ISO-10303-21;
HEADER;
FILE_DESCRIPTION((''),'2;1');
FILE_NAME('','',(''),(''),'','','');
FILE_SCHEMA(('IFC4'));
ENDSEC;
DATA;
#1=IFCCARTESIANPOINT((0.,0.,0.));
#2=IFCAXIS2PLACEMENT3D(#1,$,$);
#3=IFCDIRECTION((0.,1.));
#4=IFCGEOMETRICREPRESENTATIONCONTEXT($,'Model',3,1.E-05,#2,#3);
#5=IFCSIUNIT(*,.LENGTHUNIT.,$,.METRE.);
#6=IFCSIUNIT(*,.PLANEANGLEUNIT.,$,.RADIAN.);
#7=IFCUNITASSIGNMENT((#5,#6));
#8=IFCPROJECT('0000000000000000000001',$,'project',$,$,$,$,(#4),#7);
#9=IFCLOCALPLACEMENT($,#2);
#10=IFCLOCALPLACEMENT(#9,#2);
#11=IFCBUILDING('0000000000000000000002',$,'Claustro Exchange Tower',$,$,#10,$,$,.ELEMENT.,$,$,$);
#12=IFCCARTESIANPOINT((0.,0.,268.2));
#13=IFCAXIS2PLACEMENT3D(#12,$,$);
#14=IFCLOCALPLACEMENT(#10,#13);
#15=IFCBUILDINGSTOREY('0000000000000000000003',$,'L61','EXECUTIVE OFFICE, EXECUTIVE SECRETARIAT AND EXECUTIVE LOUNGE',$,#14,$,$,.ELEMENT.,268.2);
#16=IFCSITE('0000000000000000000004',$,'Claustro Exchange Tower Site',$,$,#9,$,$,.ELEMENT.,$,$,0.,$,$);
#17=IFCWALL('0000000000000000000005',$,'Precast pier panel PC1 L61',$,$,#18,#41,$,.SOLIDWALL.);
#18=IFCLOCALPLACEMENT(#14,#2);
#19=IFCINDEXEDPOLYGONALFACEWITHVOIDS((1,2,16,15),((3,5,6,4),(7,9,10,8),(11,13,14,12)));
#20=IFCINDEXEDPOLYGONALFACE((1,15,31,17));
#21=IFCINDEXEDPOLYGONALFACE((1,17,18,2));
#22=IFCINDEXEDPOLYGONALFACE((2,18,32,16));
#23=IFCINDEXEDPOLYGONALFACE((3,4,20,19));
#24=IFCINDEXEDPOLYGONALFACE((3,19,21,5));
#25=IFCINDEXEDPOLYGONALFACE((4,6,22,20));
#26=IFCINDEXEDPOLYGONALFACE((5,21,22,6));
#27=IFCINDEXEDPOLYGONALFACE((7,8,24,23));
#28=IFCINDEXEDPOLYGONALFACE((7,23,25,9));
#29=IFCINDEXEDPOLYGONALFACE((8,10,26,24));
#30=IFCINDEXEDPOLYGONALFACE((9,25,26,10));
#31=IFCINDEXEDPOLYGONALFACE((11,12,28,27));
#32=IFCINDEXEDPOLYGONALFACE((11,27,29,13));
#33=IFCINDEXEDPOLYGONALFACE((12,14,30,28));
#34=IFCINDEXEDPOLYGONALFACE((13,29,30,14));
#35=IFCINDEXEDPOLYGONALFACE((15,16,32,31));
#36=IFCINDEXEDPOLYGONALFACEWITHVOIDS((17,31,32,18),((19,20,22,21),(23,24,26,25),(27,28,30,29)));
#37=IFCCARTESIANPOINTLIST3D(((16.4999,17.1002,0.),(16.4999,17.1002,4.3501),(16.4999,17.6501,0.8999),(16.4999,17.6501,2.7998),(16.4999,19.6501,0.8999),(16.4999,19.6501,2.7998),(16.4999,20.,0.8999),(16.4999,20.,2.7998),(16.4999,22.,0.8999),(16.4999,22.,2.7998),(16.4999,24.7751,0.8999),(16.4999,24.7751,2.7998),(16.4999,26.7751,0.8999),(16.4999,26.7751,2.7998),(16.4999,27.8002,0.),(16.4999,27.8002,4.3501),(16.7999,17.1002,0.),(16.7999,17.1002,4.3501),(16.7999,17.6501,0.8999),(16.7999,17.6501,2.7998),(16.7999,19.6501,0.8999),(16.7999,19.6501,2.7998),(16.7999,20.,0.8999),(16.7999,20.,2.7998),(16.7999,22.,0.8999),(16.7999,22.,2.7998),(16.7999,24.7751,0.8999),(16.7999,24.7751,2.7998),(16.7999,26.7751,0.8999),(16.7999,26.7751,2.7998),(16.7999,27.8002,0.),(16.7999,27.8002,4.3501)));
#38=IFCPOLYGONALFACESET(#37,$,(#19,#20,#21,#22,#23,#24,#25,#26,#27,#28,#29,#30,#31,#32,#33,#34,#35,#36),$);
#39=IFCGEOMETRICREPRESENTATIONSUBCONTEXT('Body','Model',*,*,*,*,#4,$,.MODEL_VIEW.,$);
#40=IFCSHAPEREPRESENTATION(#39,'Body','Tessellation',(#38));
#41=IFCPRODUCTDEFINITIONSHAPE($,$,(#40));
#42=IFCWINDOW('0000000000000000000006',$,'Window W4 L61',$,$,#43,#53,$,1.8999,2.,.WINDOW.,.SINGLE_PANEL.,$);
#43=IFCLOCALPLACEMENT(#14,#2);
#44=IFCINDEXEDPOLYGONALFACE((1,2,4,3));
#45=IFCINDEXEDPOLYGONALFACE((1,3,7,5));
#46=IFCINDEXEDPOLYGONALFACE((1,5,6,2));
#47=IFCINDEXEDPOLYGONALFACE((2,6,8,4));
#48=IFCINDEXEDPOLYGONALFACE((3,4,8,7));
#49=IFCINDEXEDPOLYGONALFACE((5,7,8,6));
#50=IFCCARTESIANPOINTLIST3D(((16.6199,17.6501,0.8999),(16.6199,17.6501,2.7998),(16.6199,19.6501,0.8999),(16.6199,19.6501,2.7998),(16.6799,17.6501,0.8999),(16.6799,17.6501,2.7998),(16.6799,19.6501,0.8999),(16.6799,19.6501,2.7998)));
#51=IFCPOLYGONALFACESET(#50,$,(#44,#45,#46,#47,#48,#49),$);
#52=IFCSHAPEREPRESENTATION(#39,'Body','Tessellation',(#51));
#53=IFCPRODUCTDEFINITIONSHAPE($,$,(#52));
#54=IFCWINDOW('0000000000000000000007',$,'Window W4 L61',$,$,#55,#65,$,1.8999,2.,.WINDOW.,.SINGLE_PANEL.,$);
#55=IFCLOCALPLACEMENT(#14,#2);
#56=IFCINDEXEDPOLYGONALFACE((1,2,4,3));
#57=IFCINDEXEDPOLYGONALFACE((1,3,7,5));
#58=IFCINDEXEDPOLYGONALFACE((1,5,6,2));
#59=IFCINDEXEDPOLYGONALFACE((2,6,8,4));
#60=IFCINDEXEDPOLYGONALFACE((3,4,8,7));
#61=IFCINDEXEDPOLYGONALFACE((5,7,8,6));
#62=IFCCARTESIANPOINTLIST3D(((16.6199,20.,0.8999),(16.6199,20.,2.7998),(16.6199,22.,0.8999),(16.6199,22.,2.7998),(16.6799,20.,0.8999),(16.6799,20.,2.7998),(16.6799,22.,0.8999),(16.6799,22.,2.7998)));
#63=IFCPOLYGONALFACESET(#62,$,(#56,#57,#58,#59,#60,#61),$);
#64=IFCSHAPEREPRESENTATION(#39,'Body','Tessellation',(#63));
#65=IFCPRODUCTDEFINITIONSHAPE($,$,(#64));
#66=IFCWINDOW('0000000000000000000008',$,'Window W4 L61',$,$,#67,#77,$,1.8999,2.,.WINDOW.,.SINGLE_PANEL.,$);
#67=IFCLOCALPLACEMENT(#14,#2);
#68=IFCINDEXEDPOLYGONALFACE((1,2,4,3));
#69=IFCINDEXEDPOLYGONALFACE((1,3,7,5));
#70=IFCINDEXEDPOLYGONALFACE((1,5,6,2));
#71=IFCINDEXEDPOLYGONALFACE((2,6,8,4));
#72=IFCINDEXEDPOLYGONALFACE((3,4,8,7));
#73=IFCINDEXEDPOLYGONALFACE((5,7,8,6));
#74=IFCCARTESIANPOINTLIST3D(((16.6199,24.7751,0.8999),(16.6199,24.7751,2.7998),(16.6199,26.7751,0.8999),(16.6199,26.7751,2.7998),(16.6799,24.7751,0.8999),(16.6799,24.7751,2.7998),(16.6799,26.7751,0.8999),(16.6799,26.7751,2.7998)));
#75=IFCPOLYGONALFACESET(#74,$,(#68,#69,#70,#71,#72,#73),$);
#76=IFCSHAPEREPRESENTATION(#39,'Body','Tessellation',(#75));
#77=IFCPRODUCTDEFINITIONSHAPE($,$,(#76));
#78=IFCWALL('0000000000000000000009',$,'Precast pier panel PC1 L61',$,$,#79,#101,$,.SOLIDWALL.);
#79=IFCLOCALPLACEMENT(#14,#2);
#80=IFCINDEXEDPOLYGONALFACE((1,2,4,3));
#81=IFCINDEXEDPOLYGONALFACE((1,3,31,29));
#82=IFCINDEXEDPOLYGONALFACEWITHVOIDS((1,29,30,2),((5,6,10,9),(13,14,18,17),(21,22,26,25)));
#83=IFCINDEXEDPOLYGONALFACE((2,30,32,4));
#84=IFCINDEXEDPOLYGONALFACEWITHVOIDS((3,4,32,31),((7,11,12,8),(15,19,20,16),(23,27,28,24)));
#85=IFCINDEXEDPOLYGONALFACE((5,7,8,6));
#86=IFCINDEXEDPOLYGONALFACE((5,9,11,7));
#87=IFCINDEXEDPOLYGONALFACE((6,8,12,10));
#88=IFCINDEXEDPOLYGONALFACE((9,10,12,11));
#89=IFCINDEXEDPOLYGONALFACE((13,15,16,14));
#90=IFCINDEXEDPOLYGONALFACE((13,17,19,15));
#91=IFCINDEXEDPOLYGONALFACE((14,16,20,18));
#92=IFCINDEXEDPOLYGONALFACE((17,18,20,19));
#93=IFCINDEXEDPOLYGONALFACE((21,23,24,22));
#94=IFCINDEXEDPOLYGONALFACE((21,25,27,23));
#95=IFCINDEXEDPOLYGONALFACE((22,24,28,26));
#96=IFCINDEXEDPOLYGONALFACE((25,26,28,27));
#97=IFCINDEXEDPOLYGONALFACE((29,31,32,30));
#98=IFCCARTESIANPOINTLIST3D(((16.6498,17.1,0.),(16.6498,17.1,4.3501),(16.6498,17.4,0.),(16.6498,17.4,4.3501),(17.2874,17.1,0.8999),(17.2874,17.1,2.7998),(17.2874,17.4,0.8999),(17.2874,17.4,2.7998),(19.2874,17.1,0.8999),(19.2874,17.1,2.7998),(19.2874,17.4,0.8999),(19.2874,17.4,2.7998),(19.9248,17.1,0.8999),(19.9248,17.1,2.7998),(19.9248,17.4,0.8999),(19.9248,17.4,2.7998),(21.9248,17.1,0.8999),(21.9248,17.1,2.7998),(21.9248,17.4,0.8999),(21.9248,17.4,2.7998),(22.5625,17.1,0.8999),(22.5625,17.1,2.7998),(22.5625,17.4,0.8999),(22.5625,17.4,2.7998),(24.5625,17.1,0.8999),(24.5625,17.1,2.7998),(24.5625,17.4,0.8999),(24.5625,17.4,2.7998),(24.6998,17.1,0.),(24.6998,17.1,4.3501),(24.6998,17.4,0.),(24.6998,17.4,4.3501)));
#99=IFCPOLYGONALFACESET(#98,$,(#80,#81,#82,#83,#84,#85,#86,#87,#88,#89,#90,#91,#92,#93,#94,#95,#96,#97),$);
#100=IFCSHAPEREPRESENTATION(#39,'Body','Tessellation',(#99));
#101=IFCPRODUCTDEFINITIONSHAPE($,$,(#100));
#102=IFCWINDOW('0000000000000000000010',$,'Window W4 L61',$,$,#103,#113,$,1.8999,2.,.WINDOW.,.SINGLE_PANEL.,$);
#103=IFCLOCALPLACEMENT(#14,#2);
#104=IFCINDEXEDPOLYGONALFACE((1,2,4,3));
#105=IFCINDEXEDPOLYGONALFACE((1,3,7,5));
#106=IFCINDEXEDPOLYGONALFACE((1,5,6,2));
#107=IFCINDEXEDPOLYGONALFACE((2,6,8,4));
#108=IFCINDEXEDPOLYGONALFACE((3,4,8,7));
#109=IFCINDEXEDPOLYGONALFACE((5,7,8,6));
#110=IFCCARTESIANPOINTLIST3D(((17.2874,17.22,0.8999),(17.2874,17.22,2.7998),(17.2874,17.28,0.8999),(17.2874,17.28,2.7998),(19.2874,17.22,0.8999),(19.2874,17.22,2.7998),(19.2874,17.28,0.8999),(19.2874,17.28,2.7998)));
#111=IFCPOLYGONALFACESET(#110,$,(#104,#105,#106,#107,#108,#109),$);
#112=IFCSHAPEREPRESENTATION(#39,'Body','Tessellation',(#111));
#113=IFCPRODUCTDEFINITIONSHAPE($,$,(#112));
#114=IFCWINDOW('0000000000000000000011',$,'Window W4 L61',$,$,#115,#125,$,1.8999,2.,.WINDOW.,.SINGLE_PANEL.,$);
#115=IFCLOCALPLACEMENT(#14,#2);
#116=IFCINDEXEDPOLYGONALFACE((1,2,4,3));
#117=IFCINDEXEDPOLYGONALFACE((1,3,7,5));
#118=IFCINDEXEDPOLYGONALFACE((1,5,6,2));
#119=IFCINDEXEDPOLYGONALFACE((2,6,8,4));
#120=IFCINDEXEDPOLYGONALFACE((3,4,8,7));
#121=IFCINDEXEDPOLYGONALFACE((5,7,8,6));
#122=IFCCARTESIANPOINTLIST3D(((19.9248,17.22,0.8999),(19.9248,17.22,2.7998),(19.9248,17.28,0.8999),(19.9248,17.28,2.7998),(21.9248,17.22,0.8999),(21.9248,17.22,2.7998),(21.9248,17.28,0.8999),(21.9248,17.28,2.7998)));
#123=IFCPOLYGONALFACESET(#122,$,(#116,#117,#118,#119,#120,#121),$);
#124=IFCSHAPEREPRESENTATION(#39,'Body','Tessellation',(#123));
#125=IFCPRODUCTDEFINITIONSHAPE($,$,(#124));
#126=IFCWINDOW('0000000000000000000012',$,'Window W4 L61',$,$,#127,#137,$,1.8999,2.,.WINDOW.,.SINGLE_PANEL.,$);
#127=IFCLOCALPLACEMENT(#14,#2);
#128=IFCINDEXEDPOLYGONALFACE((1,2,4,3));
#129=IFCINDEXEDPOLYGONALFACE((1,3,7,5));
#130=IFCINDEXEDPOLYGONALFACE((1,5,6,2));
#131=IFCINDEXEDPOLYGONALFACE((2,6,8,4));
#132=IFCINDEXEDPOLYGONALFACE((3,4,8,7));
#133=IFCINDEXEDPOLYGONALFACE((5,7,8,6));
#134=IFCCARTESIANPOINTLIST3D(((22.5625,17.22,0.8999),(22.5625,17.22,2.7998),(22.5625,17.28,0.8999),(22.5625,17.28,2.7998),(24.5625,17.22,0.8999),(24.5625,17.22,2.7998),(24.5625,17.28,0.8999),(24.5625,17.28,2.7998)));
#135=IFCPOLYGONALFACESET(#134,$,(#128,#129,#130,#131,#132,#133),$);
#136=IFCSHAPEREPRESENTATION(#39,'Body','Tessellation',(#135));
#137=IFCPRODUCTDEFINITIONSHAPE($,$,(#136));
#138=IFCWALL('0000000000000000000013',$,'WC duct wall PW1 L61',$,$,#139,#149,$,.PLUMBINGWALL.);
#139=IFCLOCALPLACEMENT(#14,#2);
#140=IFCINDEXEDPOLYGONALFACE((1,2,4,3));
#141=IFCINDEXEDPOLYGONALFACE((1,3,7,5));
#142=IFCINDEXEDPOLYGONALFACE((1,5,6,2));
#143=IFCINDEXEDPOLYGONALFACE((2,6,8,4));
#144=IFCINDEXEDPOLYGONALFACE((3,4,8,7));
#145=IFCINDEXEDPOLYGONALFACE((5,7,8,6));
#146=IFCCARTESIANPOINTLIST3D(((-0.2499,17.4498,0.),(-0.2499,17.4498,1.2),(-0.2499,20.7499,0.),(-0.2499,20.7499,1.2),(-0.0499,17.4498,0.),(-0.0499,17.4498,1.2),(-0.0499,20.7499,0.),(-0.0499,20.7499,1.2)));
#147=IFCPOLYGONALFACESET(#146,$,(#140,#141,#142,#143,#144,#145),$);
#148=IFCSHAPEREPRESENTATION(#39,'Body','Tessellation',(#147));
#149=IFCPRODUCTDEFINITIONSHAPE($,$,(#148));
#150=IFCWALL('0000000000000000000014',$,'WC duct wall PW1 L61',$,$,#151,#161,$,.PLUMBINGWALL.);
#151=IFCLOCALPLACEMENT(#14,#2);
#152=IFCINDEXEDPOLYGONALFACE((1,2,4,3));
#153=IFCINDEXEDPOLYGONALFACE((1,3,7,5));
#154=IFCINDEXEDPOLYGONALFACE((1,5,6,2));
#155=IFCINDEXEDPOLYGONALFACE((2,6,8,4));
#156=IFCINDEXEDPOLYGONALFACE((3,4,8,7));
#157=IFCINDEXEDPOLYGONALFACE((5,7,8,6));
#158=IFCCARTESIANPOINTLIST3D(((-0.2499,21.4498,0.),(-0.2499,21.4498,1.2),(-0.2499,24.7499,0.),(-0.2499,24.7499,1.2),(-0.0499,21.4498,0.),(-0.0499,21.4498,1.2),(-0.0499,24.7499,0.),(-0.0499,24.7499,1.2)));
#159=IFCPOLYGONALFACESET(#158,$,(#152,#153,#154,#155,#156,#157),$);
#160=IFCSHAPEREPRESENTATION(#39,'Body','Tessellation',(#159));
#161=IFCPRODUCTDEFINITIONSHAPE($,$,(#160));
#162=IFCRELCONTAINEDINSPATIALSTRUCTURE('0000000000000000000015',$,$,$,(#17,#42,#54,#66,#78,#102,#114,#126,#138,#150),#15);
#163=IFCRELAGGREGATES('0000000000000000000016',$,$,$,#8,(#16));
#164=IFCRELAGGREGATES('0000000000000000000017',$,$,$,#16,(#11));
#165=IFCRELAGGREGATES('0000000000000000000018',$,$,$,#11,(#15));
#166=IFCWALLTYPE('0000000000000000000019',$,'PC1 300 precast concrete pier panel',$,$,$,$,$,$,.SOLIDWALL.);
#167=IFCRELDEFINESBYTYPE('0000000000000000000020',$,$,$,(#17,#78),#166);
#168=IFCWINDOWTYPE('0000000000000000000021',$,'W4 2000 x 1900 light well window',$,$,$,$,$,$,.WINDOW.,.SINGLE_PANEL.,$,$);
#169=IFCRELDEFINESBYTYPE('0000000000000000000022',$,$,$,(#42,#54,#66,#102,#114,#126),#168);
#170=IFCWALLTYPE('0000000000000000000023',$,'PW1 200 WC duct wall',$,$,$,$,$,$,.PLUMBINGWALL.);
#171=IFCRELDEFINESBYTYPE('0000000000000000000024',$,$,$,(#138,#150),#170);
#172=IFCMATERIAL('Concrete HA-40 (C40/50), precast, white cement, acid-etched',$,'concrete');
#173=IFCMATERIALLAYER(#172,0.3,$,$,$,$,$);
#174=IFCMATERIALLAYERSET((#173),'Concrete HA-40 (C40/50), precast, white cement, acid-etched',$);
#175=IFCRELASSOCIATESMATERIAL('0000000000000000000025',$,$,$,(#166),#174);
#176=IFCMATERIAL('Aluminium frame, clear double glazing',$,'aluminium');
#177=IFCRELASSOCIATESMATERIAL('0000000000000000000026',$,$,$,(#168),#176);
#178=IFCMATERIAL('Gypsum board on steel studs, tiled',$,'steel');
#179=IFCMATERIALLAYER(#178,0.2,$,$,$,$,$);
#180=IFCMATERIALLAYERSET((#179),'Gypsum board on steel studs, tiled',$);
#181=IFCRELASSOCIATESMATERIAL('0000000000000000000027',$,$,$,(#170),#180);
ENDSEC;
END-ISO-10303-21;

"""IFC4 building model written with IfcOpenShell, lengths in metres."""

from ifc_helpers import new_model, si_unit, direction, frame, frame_2d, origin, place, context, subcontext, project, spatial, rectangle, extrude, material, layer, layer_set, type_object, element, fill, save


model = new_model("IFC4")

# Units and contexts
model_context = context("Model", 3, precision=1e-05, world=origin(), true_north=direction((0.0, 1.0)))
body_context = subcontext(model_context, "Body", "Model", "MODEL_VIEW")
ifc_project = project(units=[si_unit("LENGTHUNIT", "METRE"), si_unit("PLANEANGLEUNIT", "RADIAN")], contexts=[model_context])

# Site, building, storey
site_placement = place(None, origin())
site = spatial("IfcSite", under=ifc_project, at=site_placement, Name="Claustro Exchange Tower Site", CompositionType="ELEMENT", RefElevation=0.0)
building_placement = place(site_placement, origin())
building = spatial("IfcBuilding", under=site, at=building_placement, Name="Claustro Exchange Tower", CompositionType="ELEMENT")
storey_placement = place(building_placement, frame((0.0, 0.0, 268.2)))
storey = spatial("IfcBuildingStorey", under=building, at=storey_placement, Name="L61", Description="EXECUTIVE OFFICE, EXECUTIVE SECRETARIAT AND EXECUTIVE LOUNGE", CompositionType="ELEMENT", Elevation=268.2)

# Walls, openings, windows
ifc_material_1 = material(Name="Concrete HA-40 (C40/50), precast, white cement, acid-etched", Category="concrete")
ifc_layer_1 = layer(ifc_material_1, 0.3)
ifc_layer_set_1 = layer_set([ifc_layer_1], Name="Concrete HA-40 (C40/50), precast, white cement, acid-etched")
wall_type_1 = type_object("IfcWallType", Name="PC1 300 precast concrete pier panel", PredefinedType="SOLIDWALL", material=ifc_layer_set_1)
wall_1_placement = place(storey_placement, frame((16.6499, 17.1001, 0.0), z_axis=(0.0, 0.0, 1.0), x_axis=(0.0, 1.0, 0.0)))
wall_1 = element("IfcWall", 1, at=wall_1_placement, inside=storey, type_object=wall_type_1, Name="Precast pier panel PC1 L61", PredefinedType="SOLIDWALL", context=body_context, shape_type="SweptSolid", body=[
    extrude(rectangle(XDim=10.7, YDim=0.3, at=frame_2d((5.3501, 0.0))), origin(), (0.0, 0.0, 1.0), 4.3501),
])
opening_1_placement = place(wall_1_placement, frame((0.55, 0.0, 0.8999)))
opening_1 = element("IfcOpeningElement", 2, at=opening_1_placement, cuts=wall_1, PredefinedType="OPENING", context=body_context, shape_type="SweptSolid", body=[
    extrude(rectangle(XDim=2.0, YDim=1.8999, at=frame_2d((1.0, 0.95))), frame((0.0, 0.1599, 0.0), z_axis=(0.0, -1.0, 0.0), x_axis=(1.0, 0.0, 0.0)), (0.0, 0.0, 1.0), 0.3201),
])
opening_2_placement = place(wall_1_placement, frame((2.8999, 0.0, 0.8999)))
opening_2 = element("IfcOpeningElement", 3, at=opening_2_placement, cuts=wall_1, PredefinedType="OPENING", context=body_context, shape_type="SweptSolid", body=[
    extrude(rectangle(XDim=2.0, YDim=1.8999, at=frame_2d((1.0, 0.95))), frame((0.0, 0.1599, 0.0), z_axis=(0.0, -1.0, 0.0), x_axis=(1.0, 0.0, 0.0)), (0.0, 0.0, 1.0), 0.3201),
])
opening_3_placement = place(wall_1_placement, frame((7.675, 0.0, 0.8999)))
opening_3 = element("IfcOpeningElement", 4, at=opening_3_placement, cuts=wall_1, PredefinedType="OPENING", context=body_context, shape_type="SweptSolid", body=[
    extrude(rectangle(XDim=2.0, YDim=1.8999, at=frame_2d((1.0, 0.95))), frame((0.0, 0.1599, 0.0), z_axis=(0.0, -1.0, 0.0), x_axis=(1.0, 0.0, 0.0)), (0.0, 0.0, 1.0), 0.3201),
])
ifc_material_2 = material(Name="Aluminium frame, clear double glazing", Category="aluminium")
window_type = type_object("IfcWindowType", Name="W4 2000 x 1900 light well window", PartitioningType="SINGLE_PANEL", PredefinedType="WINDOW", material=ifc_material_2)
window_1_placement = place(opening_1_placement, origin())
window_1 = element("IfcWindow", 5, at=window_1_placement, inside=storey, type_object=window_type, Name="Window W4 L61", OverallHeight=1.8999, OverallWidth=2.0, PartitioningType="SINGLE_PANEL", PredefinedType="WINDOW", context=body_context, shape_type="SweptSolid", body=[
    extrude(rectangle(XDim=2.0, YDim=1.8999, at=frame_2d((1.0, 0.95))), frame((0.0, 0.03, 0.0), z_axis=(0.0, -1.0, 0.0), x_axis=(1.0, 0.0, 0.0)), (0.0, 0.0, 1.0), 0.0601),
])
fill(opening_1, window_1)
window_2_placement = place(opening_2_placement, origin())
window_2 = element("IfcWindow", 6, at=window_2_placement, inside=storey, type_object=window_type, Name="Window W4 L61", OverallHeight=1.8999, OverallWidth=2.0, PartitioningType="SINGLE_PANEL", PredefinedType="WINDOW", context=body_context, shape_type="SweptSolid", body=[
    extrude(rectangle(XDim=2.0, YDim=1.8999, at=frame_2d((1.0, 0.95))), frame((0.0, 0.03, 0.0), z_axis=(0.0, -1.0, 0.0), x_axis=(1.0, 0.0, 0.0)), (0.0, 0.0, 1.0), 0.0601),
])
fill(opening_2, window_2)
window_3_placement = place(opening_3_placement, origin())
window_3 = element("IfcWindow", 7, at=window_3_placement, inside=storey, type_object=window_type, Name="Window W4 L61", OverallHeight=1.8999, OverallWidth=2.0, PartitioningType="SINGLE_PANEL", PredefinedType="WINDOW", context=body_context, shape_type="SweptSolid", body=[
    extrude(rectangle(XDim=2.0, YDim=1.8999, at=frame_2d((1.0, 0.95))), frame((0.0, 0.03, 0.0), z_axis=(0.0, -1.0, 0.0), x_axis=(1.0, 0.0, 0.0)), (0.0, 0.0, 1.0), 0.0601),
])
fill(opening_3, window_3)
wall_2_placement = place(storey_placement, frame((16.6499, 17.25, 0.0), z_axis=(0.0, 0.0, 1.0), x_axis=(1.0, 0.0, 0.0)))
wall_2 = element("IfcWall", 8, at=wall_2_placement, inside=storey, type_object=wall_type_1, Name="Precast pier panel PC1 L61", PredefinedType="SOLIDWALL", context=body_context, shape_type="SweptSolid", body=[
    extrude(rectangle(XDim=8.05, YDim=0.3, at=frame_2d((4.0249, 0.0))), origin(), (0.0, 0.0, 1.0), 4.3501),
])
opening_4_placement = place(wall_2_placement, frame((0.6375, 0.0, 0.8999)))
opening_4 = element("IfcOpeningElement", 9, at=opening_4_placement, cuts=wall_2, PredefinedType="OPENING", context=body_context, shape_type="SweptSolid", body=[
    extrude(rectangle(XDim=2.0, YDim=1.8999, at=frame_2d((1.0, 0.95))), frame((0.0, 0.1599, 0.0), z_axis=(0.0, -1.0, 0.0), x_axis=(1.0, 0.0, 0.0)), (0.0, 0.0, 1.0), 0.3201),
])
opening_5_placement = place(wall_2_placement, frame((3.2749, 0.0, 0.8999)))
opening_5 = element("IfcOpeningElement", 10, at=opening_5_placement, cuts=wall_2, PredefinedType="OPENING", context=body_context, shape_type="SweptSolid", body=[
    extrude(rectangle(XDim=2.0, YDim=1.8999, at=frame_2d((1.0, 0.95))), frame((0.0, 0.1599, 0.0), z_axis=(0.0, -1.0, 0.0), x_axis=(1.0, 0.0, 0.0)), (0.0, 0.0, 1.0), 0.3201),
])
opening_6_placement = place(wall_2_placement, frame((5.9126, 0.0, 0.8999)))
opening_6 = element("IfcOpeningElement", 11, at=opening_6_placement, cuts=wall_2, PredefinedType="OPENING", context=body_context, shape_type="SweptSolid", body=[
    extrude(rectangle(XDim=2.0, YDim=1.8999, at=frame_2d((1.0, 0.95))), frame((0.0, 0.1599, 0.0), z_axis=(0.0, -1.0, 0.0), x_axis=(1.0, 0.0, 0.0)), (0.0, 0.0, 1.0), 0.3201),
])
window_4_placement = place(opening_4_placement, origin())
window_4 = element("IfcWindow", 12, at=window_4_placement, inside=storey, type_object=window_type, Name="Window W4 L61", OverallHeight=1.8999, OverallWidth=2.0, PartitioningType="SINGLE_PANEL", PredefinedType="WINDOW", context=body_context, shape_type="SweptSolid", body=[
    extrude(rectangle(XDim=2.0, YDim=1.8999, at=frame_2d((1.0, 0.95))), frame((0.0, 0.03, 0.0), z_axis=(0.0, -1.0, 0.0), x_axis=(1.0, 0.0, 0.0)), (0.0, 0.0, 1.0), 0.0601),
])
fill(opening_4, window_4)
window_5_placement = place(opening_5_placement, origin())
window_5 = element("IfcWindow", 13, at=window_5_placement, inside=storey, type_object=window_type, Name="Window W4 L61", OverallHeight=1.8999, OverallWidth=2.0, PartitioningType="SINGLE_PANEL", PredefinedType="WINDOW", context=body_context, shape_type="SweptSolid", body=[
    extrude(rectangle(XDim=2.0, YDim=1.8999, at=frame_2d((1.0, 0.95))), frame((0.0, 0.03, 0.0), z_axis=(0.0, -1.0, 0.0), x_axis=(1.0, 0.0, 0.0)), (0.0, 0.0, 1.0), 0.0601),
])
fill(opening_5, window_5)
window_6_placement = place(opening_6_placement, origin())
window_6 = element("IfcWindow", 14, at=window_6_placement, inside=storey, type_object=window_type, Name="Window W4 L61", OverallHeight=1.8999, OverallWidth=2.0, PartitioningType="SINGLE_PANEL", PredefinedType="WINDOW", context=body_context, shape_type="SweptSolid", body=[
    extrude(rectangle(XDim=2.0, YDim=1.8999, at=frame_2d((1.0, 0.95))), frame((0.0, 0.03, 0.0), z_axis=(0.0, -1.0, 0.0), x_axis=(1.0, 0.0, 0.0)), (0.0, 0.0, 1.0), 0.0601),
])
fill(opening_6, window_6)

# Walls
ifc_material_3 = material(Name="Gypsum board on steel studs, tiled", Category="steel")
ifc_layer_2 = layer(ifc_material_3, 0.2)
ifc_layer_set_2 = layer_set([ifc_layer_2], Name="Gypsum board on steel studs, tiled")
wall_type_2 = type_object("IfcWallType", Name="PW1 200 WC duct wall", PredefinedType="PLUMBINGWALL", material=ifc_layer_set_2)
for number, where, z_axis, x_axis, name in (
    (15, (-0.1499, 17.45, 0.0), (0.0, 0.0, 1.0), (0.0, 1.0, 0.0), "WC duct wall PW1 L61"),
    (16, (-0.1499, 21.45, 0.0), (0.0, 0.0, 1.0), (0.0, 1.0, 0.0), "WC duct wall PW1 L61"),
):
    element("IfcWall", number, at=place(storey_placement, frame(where, z_axis=z_axis, x_axis=x_axis)), inside=storey, type_object=wall_type_2, Name=name, PredefinedType="PLUMBINGWALL", context=body_context, shape_type="SweptSolid", body=[
        extrude(rectangle(XDim=3.3, YDim=0.2, at=frame_2d((1.6499, 0.0))), origin(), (0.0, 0.0, 1.0), 1.2),
    ])

save(model, "model.ifc")
